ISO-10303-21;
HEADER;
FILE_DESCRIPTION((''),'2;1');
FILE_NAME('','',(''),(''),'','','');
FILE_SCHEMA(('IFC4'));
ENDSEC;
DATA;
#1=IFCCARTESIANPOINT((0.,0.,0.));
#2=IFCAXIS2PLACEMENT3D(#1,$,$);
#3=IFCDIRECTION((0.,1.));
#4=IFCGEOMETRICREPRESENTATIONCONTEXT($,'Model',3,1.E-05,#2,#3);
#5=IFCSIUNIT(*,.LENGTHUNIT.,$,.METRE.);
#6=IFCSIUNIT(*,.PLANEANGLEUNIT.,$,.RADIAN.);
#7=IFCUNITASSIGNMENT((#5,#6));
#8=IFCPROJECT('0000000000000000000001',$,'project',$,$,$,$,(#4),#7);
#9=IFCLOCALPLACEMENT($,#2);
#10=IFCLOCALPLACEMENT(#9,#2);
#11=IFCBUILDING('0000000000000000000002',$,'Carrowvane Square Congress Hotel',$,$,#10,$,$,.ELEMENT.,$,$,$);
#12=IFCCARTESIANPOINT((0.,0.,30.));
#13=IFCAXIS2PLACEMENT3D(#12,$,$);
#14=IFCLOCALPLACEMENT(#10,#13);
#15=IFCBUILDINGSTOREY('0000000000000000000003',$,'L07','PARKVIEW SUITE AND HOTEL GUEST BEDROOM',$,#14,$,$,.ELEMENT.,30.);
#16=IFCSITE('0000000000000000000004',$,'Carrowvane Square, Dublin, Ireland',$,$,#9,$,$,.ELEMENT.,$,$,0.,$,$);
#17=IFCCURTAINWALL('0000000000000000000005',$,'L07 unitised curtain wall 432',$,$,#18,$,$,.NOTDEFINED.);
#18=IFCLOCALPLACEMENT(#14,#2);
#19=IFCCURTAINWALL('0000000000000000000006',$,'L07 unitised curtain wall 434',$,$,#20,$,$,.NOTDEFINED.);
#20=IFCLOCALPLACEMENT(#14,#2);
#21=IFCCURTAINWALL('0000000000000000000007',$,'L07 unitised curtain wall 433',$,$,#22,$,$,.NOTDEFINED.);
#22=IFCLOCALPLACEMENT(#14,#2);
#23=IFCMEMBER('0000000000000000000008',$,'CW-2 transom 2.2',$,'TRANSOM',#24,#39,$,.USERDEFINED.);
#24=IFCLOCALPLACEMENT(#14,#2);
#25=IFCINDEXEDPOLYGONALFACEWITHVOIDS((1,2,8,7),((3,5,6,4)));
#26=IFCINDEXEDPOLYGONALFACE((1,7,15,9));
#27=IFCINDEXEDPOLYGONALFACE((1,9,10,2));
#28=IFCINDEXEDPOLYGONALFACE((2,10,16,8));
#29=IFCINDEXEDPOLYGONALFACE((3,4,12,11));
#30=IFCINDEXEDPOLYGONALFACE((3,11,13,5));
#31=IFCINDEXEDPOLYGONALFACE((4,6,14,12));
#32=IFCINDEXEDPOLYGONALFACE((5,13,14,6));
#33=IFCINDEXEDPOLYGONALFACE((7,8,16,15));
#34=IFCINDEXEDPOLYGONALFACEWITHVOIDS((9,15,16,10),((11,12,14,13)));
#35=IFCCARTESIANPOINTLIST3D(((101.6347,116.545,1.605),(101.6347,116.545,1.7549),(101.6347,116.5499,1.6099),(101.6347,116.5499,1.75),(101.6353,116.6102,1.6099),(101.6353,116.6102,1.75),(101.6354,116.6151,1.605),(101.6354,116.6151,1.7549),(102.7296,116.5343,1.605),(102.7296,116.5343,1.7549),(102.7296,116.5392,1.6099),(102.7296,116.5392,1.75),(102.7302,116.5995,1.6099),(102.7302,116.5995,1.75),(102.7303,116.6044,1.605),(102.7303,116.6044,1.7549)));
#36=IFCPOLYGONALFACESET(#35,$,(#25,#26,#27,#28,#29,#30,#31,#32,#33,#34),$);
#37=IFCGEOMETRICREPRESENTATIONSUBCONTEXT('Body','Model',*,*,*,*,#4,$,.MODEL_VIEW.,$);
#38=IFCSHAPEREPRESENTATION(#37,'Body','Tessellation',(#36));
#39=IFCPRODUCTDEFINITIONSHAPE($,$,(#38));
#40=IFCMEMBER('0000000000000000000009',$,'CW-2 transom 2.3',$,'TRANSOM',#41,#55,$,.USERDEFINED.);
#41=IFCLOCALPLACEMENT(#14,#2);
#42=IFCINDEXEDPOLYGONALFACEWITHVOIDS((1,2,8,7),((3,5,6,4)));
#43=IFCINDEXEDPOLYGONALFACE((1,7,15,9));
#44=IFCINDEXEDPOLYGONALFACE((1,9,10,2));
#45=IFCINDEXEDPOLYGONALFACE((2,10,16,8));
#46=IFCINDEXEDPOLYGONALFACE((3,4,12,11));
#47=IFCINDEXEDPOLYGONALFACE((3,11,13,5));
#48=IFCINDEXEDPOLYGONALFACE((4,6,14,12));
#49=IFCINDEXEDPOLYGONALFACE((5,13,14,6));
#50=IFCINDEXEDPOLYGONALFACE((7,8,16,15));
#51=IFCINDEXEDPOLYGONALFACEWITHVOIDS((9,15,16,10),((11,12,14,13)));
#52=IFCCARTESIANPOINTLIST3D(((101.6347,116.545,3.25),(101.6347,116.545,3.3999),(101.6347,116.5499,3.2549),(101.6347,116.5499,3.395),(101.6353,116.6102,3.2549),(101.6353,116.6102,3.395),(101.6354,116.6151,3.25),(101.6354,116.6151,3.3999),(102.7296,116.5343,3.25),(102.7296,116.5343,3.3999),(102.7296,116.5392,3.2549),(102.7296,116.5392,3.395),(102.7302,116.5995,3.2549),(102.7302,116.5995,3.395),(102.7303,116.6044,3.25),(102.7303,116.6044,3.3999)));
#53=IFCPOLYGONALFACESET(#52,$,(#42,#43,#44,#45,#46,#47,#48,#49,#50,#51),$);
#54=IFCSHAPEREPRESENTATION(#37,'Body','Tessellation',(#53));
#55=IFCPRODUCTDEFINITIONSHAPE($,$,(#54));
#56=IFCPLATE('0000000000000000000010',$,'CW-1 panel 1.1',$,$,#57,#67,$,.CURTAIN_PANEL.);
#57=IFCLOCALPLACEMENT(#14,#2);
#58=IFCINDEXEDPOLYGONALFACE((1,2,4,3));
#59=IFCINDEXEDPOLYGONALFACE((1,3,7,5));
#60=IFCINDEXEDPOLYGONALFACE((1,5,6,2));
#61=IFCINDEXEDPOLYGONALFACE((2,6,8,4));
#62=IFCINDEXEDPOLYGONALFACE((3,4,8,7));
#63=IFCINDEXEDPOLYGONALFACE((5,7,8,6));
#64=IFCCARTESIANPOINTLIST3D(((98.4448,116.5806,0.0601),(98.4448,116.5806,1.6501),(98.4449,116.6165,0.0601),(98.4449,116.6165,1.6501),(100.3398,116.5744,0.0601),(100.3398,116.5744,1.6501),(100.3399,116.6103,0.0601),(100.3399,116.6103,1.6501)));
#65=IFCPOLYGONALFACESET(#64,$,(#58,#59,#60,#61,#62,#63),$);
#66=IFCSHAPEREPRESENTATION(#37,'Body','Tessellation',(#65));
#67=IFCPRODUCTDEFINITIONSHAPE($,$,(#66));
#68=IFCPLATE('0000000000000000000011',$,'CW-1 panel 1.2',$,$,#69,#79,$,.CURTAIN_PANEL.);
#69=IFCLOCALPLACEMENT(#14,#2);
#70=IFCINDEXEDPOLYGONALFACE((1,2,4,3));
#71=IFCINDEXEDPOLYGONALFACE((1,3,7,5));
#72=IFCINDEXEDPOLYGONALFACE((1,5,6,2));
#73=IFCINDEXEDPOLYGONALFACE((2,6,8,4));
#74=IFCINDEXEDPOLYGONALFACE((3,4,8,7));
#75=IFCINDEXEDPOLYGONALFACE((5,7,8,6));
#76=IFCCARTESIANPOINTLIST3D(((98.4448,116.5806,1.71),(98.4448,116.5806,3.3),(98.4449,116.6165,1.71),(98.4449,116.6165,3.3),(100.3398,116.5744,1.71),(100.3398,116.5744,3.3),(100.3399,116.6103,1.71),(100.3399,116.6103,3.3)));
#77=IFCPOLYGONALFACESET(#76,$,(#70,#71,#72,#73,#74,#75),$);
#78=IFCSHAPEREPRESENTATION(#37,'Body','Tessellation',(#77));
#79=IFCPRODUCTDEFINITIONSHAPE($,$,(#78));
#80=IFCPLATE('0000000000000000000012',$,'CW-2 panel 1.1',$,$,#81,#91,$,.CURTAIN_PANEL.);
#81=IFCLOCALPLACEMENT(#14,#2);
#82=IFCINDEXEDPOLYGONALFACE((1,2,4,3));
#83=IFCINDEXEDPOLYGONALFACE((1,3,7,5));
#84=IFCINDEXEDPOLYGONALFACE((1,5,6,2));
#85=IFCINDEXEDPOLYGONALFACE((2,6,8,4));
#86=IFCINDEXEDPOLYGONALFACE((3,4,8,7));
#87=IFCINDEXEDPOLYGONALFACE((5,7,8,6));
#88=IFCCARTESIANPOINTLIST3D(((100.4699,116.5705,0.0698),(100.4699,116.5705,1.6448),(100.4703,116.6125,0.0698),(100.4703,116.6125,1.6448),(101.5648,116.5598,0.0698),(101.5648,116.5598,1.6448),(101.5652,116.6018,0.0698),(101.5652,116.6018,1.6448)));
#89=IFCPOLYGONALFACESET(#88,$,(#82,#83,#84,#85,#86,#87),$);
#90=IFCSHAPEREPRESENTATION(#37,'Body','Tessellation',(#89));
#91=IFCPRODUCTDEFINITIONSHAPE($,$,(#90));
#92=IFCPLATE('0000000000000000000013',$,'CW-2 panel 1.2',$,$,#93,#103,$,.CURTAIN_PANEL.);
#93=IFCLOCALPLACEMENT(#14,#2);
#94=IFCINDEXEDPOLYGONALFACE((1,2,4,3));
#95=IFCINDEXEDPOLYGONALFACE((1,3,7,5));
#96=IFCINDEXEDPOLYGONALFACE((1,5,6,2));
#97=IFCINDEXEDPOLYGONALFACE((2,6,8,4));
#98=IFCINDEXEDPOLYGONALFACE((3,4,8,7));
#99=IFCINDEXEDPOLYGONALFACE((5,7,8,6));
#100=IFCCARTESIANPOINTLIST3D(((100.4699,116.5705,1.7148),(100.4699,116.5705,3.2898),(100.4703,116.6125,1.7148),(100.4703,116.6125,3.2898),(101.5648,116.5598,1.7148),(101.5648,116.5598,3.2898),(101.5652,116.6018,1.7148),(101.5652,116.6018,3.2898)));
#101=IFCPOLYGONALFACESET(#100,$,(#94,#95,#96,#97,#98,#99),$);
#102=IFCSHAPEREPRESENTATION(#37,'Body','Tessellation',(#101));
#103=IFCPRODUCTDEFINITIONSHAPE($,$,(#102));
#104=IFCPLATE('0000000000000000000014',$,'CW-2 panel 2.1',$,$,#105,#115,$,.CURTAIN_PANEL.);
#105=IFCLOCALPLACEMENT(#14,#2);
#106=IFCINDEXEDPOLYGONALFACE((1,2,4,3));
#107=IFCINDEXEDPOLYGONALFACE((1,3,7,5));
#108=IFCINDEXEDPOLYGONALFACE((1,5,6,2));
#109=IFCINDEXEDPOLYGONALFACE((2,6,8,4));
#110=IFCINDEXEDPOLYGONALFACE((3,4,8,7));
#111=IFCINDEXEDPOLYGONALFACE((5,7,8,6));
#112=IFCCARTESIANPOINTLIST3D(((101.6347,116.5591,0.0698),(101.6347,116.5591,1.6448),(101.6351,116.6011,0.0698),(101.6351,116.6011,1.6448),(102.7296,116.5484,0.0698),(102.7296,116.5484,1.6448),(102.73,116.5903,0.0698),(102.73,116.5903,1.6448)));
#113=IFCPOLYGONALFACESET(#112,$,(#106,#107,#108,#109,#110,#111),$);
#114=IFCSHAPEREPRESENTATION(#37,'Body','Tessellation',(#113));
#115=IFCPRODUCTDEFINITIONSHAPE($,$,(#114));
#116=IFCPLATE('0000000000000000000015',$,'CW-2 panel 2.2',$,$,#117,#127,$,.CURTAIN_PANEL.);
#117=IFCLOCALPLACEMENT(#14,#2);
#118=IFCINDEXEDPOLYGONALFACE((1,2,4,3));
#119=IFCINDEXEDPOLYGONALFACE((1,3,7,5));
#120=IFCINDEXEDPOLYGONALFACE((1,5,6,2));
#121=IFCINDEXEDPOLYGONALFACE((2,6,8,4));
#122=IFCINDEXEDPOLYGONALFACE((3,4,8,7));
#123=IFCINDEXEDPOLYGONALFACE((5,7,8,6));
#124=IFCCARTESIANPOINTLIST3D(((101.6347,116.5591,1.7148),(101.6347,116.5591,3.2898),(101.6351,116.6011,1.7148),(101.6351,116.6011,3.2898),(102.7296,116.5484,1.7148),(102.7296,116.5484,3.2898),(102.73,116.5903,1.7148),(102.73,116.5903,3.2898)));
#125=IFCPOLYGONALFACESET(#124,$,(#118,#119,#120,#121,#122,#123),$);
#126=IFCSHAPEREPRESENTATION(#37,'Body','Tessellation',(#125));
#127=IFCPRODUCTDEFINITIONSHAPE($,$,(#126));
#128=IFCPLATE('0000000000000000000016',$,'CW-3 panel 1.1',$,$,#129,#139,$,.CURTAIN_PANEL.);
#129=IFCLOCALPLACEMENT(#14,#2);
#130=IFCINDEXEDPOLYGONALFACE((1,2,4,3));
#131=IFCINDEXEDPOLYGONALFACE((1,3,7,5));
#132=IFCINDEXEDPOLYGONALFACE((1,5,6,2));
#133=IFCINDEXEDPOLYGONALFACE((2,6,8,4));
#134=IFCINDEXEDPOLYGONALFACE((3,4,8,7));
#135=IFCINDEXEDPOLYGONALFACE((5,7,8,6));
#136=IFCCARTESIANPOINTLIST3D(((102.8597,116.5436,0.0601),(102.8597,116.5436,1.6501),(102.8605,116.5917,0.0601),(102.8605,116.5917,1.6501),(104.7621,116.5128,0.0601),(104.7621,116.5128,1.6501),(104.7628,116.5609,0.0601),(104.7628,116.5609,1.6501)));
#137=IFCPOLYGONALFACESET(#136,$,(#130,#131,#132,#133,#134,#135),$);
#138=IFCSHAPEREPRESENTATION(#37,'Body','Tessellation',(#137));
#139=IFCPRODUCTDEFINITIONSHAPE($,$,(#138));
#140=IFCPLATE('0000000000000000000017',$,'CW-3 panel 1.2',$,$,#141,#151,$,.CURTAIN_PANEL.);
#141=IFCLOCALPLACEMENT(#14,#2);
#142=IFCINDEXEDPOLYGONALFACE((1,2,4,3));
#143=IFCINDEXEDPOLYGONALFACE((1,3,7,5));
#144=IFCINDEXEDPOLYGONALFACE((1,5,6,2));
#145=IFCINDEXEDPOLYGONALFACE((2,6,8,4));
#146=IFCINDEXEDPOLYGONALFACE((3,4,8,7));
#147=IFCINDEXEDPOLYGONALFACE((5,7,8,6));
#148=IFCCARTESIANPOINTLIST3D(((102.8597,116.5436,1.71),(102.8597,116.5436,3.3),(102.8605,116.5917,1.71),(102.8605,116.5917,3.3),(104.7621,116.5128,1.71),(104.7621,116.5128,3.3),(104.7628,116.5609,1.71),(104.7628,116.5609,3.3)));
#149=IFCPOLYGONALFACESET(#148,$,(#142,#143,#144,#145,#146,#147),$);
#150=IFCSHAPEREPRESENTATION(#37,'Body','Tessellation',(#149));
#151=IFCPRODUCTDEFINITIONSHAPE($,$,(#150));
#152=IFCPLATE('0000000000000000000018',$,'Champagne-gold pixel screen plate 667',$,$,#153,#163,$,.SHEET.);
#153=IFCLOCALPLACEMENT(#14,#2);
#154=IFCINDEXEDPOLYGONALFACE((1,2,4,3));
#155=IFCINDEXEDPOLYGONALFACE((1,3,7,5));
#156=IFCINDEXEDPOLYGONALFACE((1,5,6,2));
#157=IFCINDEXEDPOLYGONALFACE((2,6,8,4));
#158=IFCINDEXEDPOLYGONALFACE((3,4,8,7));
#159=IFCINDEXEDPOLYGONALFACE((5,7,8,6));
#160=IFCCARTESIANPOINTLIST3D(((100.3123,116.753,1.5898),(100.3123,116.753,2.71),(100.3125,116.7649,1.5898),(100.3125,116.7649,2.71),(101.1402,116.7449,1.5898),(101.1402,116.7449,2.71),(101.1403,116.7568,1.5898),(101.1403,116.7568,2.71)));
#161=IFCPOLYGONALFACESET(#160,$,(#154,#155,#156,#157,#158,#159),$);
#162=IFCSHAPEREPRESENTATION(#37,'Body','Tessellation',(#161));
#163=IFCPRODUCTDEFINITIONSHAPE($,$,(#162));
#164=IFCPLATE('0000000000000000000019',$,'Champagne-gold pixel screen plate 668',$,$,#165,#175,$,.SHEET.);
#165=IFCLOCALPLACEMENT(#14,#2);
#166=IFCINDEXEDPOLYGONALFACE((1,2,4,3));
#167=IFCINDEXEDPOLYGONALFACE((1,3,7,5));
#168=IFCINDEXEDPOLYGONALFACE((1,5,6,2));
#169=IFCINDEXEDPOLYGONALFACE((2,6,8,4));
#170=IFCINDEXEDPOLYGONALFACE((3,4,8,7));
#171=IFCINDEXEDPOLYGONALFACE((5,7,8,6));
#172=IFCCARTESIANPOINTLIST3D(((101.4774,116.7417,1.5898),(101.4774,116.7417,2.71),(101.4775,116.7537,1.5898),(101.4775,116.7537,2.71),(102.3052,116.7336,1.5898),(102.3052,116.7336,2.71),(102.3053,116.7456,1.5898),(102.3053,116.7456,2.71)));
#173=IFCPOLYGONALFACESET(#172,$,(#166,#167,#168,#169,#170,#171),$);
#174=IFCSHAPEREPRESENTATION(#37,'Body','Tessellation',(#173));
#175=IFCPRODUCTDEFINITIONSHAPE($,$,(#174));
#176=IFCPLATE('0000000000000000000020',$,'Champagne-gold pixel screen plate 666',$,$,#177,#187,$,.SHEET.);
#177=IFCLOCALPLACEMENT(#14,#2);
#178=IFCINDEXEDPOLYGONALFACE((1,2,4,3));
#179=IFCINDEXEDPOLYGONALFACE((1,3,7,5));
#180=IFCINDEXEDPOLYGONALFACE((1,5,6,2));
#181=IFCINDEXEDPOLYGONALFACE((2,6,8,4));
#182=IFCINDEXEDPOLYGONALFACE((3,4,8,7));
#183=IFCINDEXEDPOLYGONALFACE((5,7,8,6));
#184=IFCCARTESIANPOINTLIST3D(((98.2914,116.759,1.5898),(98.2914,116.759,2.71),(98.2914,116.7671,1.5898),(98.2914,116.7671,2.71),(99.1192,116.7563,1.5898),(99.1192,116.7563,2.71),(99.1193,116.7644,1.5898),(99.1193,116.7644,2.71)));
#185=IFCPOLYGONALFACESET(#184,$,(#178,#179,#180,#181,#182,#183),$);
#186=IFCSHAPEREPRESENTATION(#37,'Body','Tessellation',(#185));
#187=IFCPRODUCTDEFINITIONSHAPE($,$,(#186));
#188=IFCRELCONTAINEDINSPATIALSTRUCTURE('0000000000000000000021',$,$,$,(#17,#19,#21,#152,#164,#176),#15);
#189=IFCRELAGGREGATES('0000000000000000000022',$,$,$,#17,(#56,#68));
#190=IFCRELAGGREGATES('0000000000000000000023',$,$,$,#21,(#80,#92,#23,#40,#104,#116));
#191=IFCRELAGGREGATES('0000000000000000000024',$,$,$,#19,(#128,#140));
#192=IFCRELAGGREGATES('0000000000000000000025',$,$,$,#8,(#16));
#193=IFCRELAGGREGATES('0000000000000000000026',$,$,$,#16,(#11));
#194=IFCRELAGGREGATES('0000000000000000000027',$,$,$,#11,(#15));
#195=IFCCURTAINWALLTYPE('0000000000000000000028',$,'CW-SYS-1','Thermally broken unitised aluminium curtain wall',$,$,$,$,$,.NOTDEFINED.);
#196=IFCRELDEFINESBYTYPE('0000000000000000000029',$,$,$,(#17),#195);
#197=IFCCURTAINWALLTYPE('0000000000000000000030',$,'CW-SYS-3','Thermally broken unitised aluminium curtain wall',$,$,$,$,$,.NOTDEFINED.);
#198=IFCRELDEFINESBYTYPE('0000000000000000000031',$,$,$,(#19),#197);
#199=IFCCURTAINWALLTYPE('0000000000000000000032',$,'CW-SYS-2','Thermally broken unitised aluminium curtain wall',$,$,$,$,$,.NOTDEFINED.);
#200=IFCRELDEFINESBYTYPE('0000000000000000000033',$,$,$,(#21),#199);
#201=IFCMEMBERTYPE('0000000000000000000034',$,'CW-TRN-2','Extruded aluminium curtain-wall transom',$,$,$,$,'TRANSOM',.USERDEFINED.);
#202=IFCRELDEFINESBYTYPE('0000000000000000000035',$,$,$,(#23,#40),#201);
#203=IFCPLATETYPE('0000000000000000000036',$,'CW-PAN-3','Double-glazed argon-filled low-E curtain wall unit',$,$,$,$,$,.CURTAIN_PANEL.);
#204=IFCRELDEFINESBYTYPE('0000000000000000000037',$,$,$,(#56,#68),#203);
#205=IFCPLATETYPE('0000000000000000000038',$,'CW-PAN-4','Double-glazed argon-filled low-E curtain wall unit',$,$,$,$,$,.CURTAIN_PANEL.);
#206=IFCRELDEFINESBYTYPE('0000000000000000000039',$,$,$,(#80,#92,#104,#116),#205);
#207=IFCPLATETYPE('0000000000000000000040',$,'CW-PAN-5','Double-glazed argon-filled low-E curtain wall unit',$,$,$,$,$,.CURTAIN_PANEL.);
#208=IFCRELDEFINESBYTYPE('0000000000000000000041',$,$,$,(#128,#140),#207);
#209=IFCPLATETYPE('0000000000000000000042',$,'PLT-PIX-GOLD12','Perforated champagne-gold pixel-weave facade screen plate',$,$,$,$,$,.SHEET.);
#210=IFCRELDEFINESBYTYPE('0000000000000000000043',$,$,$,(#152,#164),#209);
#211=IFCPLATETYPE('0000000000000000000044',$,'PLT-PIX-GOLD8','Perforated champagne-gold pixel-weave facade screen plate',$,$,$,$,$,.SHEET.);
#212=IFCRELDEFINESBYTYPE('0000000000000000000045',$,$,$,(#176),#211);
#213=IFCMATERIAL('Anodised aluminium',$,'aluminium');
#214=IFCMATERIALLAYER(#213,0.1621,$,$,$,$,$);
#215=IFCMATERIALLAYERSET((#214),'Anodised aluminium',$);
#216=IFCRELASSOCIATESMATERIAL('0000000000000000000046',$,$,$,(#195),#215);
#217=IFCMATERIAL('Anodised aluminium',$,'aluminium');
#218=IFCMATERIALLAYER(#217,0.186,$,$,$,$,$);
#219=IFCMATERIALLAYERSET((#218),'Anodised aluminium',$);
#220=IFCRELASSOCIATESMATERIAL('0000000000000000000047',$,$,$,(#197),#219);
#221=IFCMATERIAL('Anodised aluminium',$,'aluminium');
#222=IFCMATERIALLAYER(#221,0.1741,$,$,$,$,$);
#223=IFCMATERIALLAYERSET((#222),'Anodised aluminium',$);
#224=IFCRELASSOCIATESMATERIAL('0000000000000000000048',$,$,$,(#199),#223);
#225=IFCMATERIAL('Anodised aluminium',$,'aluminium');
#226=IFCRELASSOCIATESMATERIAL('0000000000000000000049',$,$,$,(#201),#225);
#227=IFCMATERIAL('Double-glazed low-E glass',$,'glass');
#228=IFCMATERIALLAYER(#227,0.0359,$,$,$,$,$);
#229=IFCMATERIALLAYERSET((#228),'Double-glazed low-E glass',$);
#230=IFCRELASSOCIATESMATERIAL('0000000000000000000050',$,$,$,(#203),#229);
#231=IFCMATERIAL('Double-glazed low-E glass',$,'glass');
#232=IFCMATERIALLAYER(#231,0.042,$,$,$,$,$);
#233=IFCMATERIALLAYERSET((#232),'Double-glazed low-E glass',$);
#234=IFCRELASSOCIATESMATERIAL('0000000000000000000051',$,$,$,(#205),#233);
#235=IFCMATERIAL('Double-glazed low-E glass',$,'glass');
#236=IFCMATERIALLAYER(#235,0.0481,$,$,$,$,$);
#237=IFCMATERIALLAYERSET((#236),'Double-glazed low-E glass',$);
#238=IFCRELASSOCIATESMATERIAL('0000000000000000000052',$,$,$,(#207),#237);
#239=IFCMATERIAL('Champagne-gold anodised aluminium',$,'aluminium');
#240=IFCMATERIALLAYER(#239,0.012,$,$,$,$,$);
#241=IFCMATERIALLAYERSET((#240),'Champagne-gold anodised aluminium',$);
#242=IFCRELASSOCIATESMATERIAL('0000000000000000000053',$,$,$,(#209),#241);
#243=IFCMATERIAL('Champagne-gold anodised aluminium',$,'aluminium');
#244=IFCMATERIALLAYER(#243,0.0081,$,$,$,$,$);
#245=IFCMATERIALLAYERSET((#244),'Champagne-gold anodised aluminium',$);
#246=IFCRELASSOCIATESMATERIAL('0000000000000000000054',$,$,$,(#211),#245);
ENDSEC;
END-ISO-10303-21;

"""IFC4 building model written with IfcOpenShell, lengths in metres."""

from ifc_helpers import new_model, si_unit, direction, frame, origin, origin_2d, place, context, subcontext, project, spatial, rectangle, hollow_rectangle, extrude, material, layer, layer_set, material_profile, profile_set, type_object, element, aggregate, save


model = new_model("IFC4")

# Units and contexts
model_context = context("Model", 3, precision=1e-05, world=origin(), true_north=direction((0.0, 1.0)))
body_context = subcontext(model_context, "Body", "Model", "MODEL_VIEW")
ifc_project = project(units=[si_unit("LENGTHUNIT", "METRE"), si_unit("PLANEANGLEUNIT", "RADIAN")], contexts=[model_context])

# Site, building, storey
site_placement = place(None, origin())
site = spatial("IfcSite", under=ifc_project, at=site_placement, Name="Carrowvane Square, Dublin, Ireland", CompositionType="ELEMENT", RefElevation=0.0)
building_placement = place(site_placement, origin())
building = spatial("IfcBuilding", under=site, at=building_placement, Name="Carrowvane Square Congress Hotel", CompositionType="ELEMENT")
storey_placement = place(building_placement, frame((0.0, 0.0, 30.0)))
storey = spatial("IfcBuildingStorey", under=building, at=storey_placement, Name="L07", Description="PARKVIEW SUITE AND HOTEL GUEST BEDROOM", CompositionType="ELEMENT", Elevation=30.0)

# Curtain walls
ifc_material_1 = material(Name="Anodised aluminium", Category="aluminium")
ifc_layer_1 = layer(ifc_material_1, 0.1621)
ifc_layer_set_1 = layer_set([ifc_layer_1], Name="Anodised aluminium")
curtain_wall_type_1 = type_object("IfcCurtainWallType", Name="CW-SYS-1", Description="Thermally broken unitised aluminium curtain wall", PredefinedType="NOTDEFINED", material=ifc_layer_set_1)
curtain_wall_1_placement = place(storey_placement, origin())
curtain_wall_1 = element("IfcCurtainWall", 1, at=curtain_wall_1_placement, inside=storey, type_object=curtain_wall_type_1, Name="L07 unitised curtain wall 432", PredefinedType="NOTDEFINED")
ifc_material_2 = material(Name="Anodised aluminium", Category="aluminium")
ifc_layer_2 = layer(ifc_material_2, 0.186)
ifc_layer_set_2 = layer_set([ifc_layer_2], Name="Anodised aluminium")
curtain_wall_type_2 = type_object("IfcCurtainWallType", Name="CW-SYS-3", Description="Thermally broken unitised aluminium curtain wall", PredefinedType="NOTDEFINED", material=ifc_layer_set_2)
curtain_wall_2_placement = place(storey_placement, origin())
curtain_wall_2 = element("IfcCurtainWall", 2, at=curtain_wall_2_placement, inside=storey, type_object=curtain_wall_type_2, Name="L07 unitised curtain wall 434", PredefinedType="NOTDEFINED")
ifc_material_3 = material(Name="Anodised aluminium", Category="aluminium")
ifc_layer_3 = layer(ifc_material_3, 0.1741)
ifc_layer_set_3 = layer_set([ifc_layer_3], Name="Anodised aluminium")
curtain_wall_type_3 = type_object("IfcCurtainWallType", Name="CW-SYS-2", Description="Thermally broken unitised aluminium curtain wall", PredefinedType="NOTDEFINED", material=ifc_layer_set_3)
curtain_wall_3_placement = place(storey_placement, origin())
curtain_wall_3 = element("IfcCurtainWall", 3, at=curtain_wall_3_placement, inside=storey, type_object=curtain_wall_type_3, Name="L07 unitised curtain wall 433", PredefinedType="NOTDEFINED")

# Members
ifc_material_4 = material(Name="Anodised aluminium", Category="aluminium")
ifc_material_profile_1 = material_profile(ifc_material_4, hollow_rectangle(XDim=0.0701, YDim=0.1499, WallThickness=0.0049, at=origin_2d()), Name="CW-TR 70x150x5")
ifc_profile_set_1 = profile_set([ifc_material_profile_1], Name="Anodised aluminium")
member_type_1 = type_object("IfcMemberType", Name="CW-TRN-2", Description="Extruded aluminium curtain-wall transom", ElementType="TRANSOM", PredefinedType="USERDEFINED", material=ifc_profile_set_1)
member_1_placement = place(storey_placement, frame((101.635, 116.5801, 1.6799), z_axis=(0.999952, -0.00981, 0.0), x_axis=(0.00981, 0.999952, 0.0)))
member_1 = element("IfcMember", 4, at=member_1_placement, type_object=member_type_1, Name="CW-2 transom 2.2", ObjectType="TRANSOM", PredefinedType="USERDEFINED", context=body_context, shape_type="SweptSolid", body=[
    extrude(hollow_rectangle(XDim=0.0701, YDim=0.1499, WallThickness=0.0049, at=origin_2d()), origin(), (0.0, 0.0, 1.0), 1.095),
])
member_2_placement = place(storey_placement, frame((101.635, 116.5801, 3.325), z_axis=(0.999952, -0.00981, 0.0), x_axis=(0.00981, 0.999952, 0.0)))
member_2 = element("IfcMember", 5, at=member_2_placement, type_object=member_type_1, Name="CW-2 transom 2.3", ObjectType="TRANSOM", PredefinedType="USERDEFINED", context=body_context, shape_type="SweptSolid", body=[
    extrude(hollow_rectangle(XDim=0.0701, YDim=0.1499, WallThickness=0.0049, at=origin_2d()), origin(), (0.0, 0.0, 1.0), 1.095),
])

# Plates
ifc_material_5 = material(Name="Double-glazed low-E glass", Category="glass")
ifc_layer_4 = layer(ifc_material_5, 0.0359)
ifc_layer_set_4 = layer_set([ifc_layer_4], Name="Double-glazed low-E glass")
plate_type_1 = type_object("IfcPlateType", Name="CW-PAN-3", Description="Double-glazed argon-filled low-E curtain wall unit", PredefinedType="CURTAIN_PANEL", material=ifc_layer_set_4)
plate_1_placement = place(storey_placement, frame((99.3923, 116.5955, 0.0601), z_axis=(0.0, 0.0, 1.0), x_axis=(0.999995, -0.00327, 0.0)))
plate_1 = element("IfcPlate", 6, at=plate_1_placement, type_object=plate_type_1, Name="CW-1 panel 1.1", PredefinedType="CURTAIN_PANEL", context=body_context, shape_type="SweptSolid", body=[
    extrude(rectangle(XDim=1.895, YDim=0.0359, at=origin_2d()), origin(), (0.0, 0.0, 1.0), 1.5901),
])
plate_2_placement = place(storey_placement, frame((99.3923, 116.5955, 1.71), z_axis=(0.0, 0.0, 1.0), x_axis=(0.999995, -0.00327, 0.0)))
plate_2 = element("IfcPlate", 7, at=plate_2_placement, type_object=plate_type_1, Name="CW-1 panel 1.2", PredefinedType="CURTAIN_PANEL", context=body_context, shape_type="SweptSolid", body=[
    extrude(rectangle(XDim=1.895, YDim=0.0359, at=origin_2d()), origin(), (0.0, 0.0, 1.0), 1.5901),
])
aggregate(curtain_wall_1, [plate_1, plate_2])
ifc_material_6 = material(Name="Double-glazed low-E glass", Category="glass")
ifc_layer_5 = layer(ifc_material_6, 0.042)
ifc_layer_set_5 = layer_set([ifc_layer_5], Name="Double-glazed low-E glass")
plate_type_2 = type_object("IfcPlateType", Name="CW-PAN-4", Description="Double-glazed argon-filled low-E curtain wall unit", PredefinedType="CURTAIN_PANEL", material=ifc_layer_set_5)
plate_3_placement = place(storey_placement, frame((101.0176, 116.5862, 0.0698), z_axis=(0.0, 0.0, 1.0), x_axis=(0.999952, -0.009783, 0.0)))
plate_3 = element("IfcPlate", 8, at=plate_3_placement, type_object=plate_type_2, Name="CW-2 panel 1.1", PredefinedType="CURTAIN_PANEL", context=body_context, shape_type="SweptSolid", body=[
    extrude(rectangle(XDim=1.095, YDim=0.042, at=origin_2d()), origin(), (0.0, 0.0, 1.0), 1.575),
])
plate_4_placement = place(storey_placement, frame((101.0176, 116.5862, 1.7148), z_axis=(0.0, 0.0, 1.0), x_axis=(0.999952, -0.009783, 0.0)))
plate_4 = element("IfcPlate", 9, at=plate_4_placement, type_object=plate_type_2, Name="CW-2 panel 1.2", PredefinedType="CURTAIN_PANEL", context=body_context, shape_type="SweptSolid", body=[
    extrude(rectangle(XDim=1.095, YDim=0.042, at=origin_2d()), origin(), (0.0, 0.0, 1.0), 1.575),
])
plate_5_placement = place(storey_placement, frame((102.1824, 116.5747, 0.0698), z_axis=(0.0, 0.0, 1.0), x_axis=(0.999952, -0.009783, 0.0)))
plate_5 = element("IfcPlate", 10, at=plate_5_placement, type_object=plate_type_2, Name="CW-2 panel 2.1", PredefinedType="CURTAIN_PANEL", context=body_context, shape_type="SweptSolid", body=[
    extrude(rectangle(XDim=1.095, YDim=0.042, at=origin_2d()), origin(), (0.0, 0.0, 1.0), 1.575),
])
plate_6_placement = place(storey_placement, frame((102.1824, 116.5747, 1.7148), z_axis=(0.0, 0.0, 1.0), x_axis=(0.999952, -0.009783, 0.0)))
plate_6 = element("IfcPlate", 11, at=plate_6_placement, type_object=plate_type_2, Name="CW-2 panel 2.2", PredefinedType="CURTAIN_PANEL", context=body_context, shape_type="SweptSolid", body=[
    extrude(rectangle(XDim=1.095, YDim=0.042, at=origin_2d()), origin(), (0.0, 0.0, 1.0), 1.575),
])
aggregate(curtain_wall_3, [plate_3, plate_4, member_1, member_2, plate_5, plate_6])
ifc_material_7 = material(Name="Double-glazed low-E glass", Category="glass")
ifc_layer_6 = layer(ifc_material_7, 0.0481)
ifc_layer_set_6 = layer_set([ifc_layer_6], Name="Double-glazed low-E glass")
plate_type_3 = type_object("IfcPlateType", Name="CW-PAN-5", Description="Double-glazed argon-filled low-E curtain wall unit", PredefinedType="CURTAIN_PANEL", material=ifc_layer_set_6)
plate_7_placement = place(storey_placement, frame((103.8113, 116.5522, 0.0601), z_axis=(0.0, 0.0, 1.0), x_axis=(0.999869, -0.016216, 0.0)))
plate_7 = element("IfcPlate", 12, at=plate_7_placement, type_object=plate_type_3, Name="CW-3 panel 1.1", PredefinedType="CURTAIN_PANEL", context=body_context, shape_type="SweptSolid", body=[
    extrude(rectangle(XDim=1.9026, YDim=0.0481, at=origin_2d()), origin(), (0.0, 0.0, 1.0), 1.5901),
])
plate_8_placement = place(storey_placement, frame((103.8113, 116.5522, 1.71), z_axis=(0.0, 0.0, 1.0), x_axis=(0.999869, -0.016216, 0.0)))
plate_8 = element("IfcPlate", 13, at=plate_8_placement, type_object=plate_type_3, Name="CW-3 panel 1.2", PredefinedType="CURTAIN_PANEL", context=body_context, shape_type="SweptSolid", body=[
    extrude(rectangle(XDim=1.9026, YDim=0.0481, at=origin_2d()), origin(), (0.0, 0.0, 1.0), 1.5901),
])
aggregate(curtain_wall_2, [plate_7, plate_8])

# Plates
ifc_material_8 = material(Name="Champagne-gold anodised aluminium", Category="aluminium")
ifc_layer_7 = layer(ifc_material_8, 0.012)
ifc_layer_set_7 = layer_set([ifc_layer_7], Name="Champagne-gold anodised aluminium")
plate_type_4 = type_object("IfcPlateType", Name="PLT-PIX-GOLD12", Description="Perforated champagne-gold pixel-weave facade screen plate", PredefinedType="SHEET", material=ifc_layer_set_7)
for number, where, z_axis, x_axis, name in (
    (14, (100.7263, 116.7549, 1.5898), (0.0, 0.0, 1.0), (0.999952, -0.009782, 0.0), "Champagne-gold pixel screen plate 667"),
    (15, (101.8914, 116.7437, 1.5898), (0.0, 0.0, 1.0), (0.999952, -0.009782, 0.0), "Champagne-gold pixel screen plate 668"),
):
    element("IfcPlate", number, at=place(storey_placement, frame(where, z_axis=z_axis, x_axis=x_axis)), inside=storey, type_object=plate_type_4, Name=name, PredefinedType="SHEET", context=body_context, shape_type="SweptSolid", body=[
        extrude(rectangle(XDim=0.8279, YDim=0.012, at=origin_2d()), origin(), (0.0, 0.0, 1.0), 1.1201),
    ])
ifc_material_9 = material(Name="Champagne-gold anodised aluminium", Category="aluminium")
ifc_layer_8 = layer(ifc_material_9, 0.0081)
ifc_layer_set_8 = layer_set([ifc_layer_8], Name="Champagne-gold anodised aluminium")
plate_type_5 = type_object("IfcPlateType", Name="PLT-PIX-GOLD8", Description="Perforated champagne-gold pixel-weave facade screen plate", PredefinedType="SHEET", material=ifc_layer_set_8)
for number, where, z_axis, x_axis, name in (
    (16, (98.7053, 116.7617, 1.5898), (0.0, 0.0, 1.0), (0.999995, -0.00327, 0.0), "Champagne-gold pixel screen plate 666"),
):
    element("IfcPlate", number, at=place(storey_placement, frame(where, z_axis=z_axis, x_axis=x_axis)), inside=storey, type_object=plate_type_5, Name=name, PredefinedType="SHEET", context=body_context, shape_type="SweptSolid", body=[
        extrude(rectangle(XDim=0.8279, YDim=0.0081, at=origin_2d()), origin(), (0.0, 0.0, 1.0), 1.1201),
    ])

save(model, "model.ifc")
